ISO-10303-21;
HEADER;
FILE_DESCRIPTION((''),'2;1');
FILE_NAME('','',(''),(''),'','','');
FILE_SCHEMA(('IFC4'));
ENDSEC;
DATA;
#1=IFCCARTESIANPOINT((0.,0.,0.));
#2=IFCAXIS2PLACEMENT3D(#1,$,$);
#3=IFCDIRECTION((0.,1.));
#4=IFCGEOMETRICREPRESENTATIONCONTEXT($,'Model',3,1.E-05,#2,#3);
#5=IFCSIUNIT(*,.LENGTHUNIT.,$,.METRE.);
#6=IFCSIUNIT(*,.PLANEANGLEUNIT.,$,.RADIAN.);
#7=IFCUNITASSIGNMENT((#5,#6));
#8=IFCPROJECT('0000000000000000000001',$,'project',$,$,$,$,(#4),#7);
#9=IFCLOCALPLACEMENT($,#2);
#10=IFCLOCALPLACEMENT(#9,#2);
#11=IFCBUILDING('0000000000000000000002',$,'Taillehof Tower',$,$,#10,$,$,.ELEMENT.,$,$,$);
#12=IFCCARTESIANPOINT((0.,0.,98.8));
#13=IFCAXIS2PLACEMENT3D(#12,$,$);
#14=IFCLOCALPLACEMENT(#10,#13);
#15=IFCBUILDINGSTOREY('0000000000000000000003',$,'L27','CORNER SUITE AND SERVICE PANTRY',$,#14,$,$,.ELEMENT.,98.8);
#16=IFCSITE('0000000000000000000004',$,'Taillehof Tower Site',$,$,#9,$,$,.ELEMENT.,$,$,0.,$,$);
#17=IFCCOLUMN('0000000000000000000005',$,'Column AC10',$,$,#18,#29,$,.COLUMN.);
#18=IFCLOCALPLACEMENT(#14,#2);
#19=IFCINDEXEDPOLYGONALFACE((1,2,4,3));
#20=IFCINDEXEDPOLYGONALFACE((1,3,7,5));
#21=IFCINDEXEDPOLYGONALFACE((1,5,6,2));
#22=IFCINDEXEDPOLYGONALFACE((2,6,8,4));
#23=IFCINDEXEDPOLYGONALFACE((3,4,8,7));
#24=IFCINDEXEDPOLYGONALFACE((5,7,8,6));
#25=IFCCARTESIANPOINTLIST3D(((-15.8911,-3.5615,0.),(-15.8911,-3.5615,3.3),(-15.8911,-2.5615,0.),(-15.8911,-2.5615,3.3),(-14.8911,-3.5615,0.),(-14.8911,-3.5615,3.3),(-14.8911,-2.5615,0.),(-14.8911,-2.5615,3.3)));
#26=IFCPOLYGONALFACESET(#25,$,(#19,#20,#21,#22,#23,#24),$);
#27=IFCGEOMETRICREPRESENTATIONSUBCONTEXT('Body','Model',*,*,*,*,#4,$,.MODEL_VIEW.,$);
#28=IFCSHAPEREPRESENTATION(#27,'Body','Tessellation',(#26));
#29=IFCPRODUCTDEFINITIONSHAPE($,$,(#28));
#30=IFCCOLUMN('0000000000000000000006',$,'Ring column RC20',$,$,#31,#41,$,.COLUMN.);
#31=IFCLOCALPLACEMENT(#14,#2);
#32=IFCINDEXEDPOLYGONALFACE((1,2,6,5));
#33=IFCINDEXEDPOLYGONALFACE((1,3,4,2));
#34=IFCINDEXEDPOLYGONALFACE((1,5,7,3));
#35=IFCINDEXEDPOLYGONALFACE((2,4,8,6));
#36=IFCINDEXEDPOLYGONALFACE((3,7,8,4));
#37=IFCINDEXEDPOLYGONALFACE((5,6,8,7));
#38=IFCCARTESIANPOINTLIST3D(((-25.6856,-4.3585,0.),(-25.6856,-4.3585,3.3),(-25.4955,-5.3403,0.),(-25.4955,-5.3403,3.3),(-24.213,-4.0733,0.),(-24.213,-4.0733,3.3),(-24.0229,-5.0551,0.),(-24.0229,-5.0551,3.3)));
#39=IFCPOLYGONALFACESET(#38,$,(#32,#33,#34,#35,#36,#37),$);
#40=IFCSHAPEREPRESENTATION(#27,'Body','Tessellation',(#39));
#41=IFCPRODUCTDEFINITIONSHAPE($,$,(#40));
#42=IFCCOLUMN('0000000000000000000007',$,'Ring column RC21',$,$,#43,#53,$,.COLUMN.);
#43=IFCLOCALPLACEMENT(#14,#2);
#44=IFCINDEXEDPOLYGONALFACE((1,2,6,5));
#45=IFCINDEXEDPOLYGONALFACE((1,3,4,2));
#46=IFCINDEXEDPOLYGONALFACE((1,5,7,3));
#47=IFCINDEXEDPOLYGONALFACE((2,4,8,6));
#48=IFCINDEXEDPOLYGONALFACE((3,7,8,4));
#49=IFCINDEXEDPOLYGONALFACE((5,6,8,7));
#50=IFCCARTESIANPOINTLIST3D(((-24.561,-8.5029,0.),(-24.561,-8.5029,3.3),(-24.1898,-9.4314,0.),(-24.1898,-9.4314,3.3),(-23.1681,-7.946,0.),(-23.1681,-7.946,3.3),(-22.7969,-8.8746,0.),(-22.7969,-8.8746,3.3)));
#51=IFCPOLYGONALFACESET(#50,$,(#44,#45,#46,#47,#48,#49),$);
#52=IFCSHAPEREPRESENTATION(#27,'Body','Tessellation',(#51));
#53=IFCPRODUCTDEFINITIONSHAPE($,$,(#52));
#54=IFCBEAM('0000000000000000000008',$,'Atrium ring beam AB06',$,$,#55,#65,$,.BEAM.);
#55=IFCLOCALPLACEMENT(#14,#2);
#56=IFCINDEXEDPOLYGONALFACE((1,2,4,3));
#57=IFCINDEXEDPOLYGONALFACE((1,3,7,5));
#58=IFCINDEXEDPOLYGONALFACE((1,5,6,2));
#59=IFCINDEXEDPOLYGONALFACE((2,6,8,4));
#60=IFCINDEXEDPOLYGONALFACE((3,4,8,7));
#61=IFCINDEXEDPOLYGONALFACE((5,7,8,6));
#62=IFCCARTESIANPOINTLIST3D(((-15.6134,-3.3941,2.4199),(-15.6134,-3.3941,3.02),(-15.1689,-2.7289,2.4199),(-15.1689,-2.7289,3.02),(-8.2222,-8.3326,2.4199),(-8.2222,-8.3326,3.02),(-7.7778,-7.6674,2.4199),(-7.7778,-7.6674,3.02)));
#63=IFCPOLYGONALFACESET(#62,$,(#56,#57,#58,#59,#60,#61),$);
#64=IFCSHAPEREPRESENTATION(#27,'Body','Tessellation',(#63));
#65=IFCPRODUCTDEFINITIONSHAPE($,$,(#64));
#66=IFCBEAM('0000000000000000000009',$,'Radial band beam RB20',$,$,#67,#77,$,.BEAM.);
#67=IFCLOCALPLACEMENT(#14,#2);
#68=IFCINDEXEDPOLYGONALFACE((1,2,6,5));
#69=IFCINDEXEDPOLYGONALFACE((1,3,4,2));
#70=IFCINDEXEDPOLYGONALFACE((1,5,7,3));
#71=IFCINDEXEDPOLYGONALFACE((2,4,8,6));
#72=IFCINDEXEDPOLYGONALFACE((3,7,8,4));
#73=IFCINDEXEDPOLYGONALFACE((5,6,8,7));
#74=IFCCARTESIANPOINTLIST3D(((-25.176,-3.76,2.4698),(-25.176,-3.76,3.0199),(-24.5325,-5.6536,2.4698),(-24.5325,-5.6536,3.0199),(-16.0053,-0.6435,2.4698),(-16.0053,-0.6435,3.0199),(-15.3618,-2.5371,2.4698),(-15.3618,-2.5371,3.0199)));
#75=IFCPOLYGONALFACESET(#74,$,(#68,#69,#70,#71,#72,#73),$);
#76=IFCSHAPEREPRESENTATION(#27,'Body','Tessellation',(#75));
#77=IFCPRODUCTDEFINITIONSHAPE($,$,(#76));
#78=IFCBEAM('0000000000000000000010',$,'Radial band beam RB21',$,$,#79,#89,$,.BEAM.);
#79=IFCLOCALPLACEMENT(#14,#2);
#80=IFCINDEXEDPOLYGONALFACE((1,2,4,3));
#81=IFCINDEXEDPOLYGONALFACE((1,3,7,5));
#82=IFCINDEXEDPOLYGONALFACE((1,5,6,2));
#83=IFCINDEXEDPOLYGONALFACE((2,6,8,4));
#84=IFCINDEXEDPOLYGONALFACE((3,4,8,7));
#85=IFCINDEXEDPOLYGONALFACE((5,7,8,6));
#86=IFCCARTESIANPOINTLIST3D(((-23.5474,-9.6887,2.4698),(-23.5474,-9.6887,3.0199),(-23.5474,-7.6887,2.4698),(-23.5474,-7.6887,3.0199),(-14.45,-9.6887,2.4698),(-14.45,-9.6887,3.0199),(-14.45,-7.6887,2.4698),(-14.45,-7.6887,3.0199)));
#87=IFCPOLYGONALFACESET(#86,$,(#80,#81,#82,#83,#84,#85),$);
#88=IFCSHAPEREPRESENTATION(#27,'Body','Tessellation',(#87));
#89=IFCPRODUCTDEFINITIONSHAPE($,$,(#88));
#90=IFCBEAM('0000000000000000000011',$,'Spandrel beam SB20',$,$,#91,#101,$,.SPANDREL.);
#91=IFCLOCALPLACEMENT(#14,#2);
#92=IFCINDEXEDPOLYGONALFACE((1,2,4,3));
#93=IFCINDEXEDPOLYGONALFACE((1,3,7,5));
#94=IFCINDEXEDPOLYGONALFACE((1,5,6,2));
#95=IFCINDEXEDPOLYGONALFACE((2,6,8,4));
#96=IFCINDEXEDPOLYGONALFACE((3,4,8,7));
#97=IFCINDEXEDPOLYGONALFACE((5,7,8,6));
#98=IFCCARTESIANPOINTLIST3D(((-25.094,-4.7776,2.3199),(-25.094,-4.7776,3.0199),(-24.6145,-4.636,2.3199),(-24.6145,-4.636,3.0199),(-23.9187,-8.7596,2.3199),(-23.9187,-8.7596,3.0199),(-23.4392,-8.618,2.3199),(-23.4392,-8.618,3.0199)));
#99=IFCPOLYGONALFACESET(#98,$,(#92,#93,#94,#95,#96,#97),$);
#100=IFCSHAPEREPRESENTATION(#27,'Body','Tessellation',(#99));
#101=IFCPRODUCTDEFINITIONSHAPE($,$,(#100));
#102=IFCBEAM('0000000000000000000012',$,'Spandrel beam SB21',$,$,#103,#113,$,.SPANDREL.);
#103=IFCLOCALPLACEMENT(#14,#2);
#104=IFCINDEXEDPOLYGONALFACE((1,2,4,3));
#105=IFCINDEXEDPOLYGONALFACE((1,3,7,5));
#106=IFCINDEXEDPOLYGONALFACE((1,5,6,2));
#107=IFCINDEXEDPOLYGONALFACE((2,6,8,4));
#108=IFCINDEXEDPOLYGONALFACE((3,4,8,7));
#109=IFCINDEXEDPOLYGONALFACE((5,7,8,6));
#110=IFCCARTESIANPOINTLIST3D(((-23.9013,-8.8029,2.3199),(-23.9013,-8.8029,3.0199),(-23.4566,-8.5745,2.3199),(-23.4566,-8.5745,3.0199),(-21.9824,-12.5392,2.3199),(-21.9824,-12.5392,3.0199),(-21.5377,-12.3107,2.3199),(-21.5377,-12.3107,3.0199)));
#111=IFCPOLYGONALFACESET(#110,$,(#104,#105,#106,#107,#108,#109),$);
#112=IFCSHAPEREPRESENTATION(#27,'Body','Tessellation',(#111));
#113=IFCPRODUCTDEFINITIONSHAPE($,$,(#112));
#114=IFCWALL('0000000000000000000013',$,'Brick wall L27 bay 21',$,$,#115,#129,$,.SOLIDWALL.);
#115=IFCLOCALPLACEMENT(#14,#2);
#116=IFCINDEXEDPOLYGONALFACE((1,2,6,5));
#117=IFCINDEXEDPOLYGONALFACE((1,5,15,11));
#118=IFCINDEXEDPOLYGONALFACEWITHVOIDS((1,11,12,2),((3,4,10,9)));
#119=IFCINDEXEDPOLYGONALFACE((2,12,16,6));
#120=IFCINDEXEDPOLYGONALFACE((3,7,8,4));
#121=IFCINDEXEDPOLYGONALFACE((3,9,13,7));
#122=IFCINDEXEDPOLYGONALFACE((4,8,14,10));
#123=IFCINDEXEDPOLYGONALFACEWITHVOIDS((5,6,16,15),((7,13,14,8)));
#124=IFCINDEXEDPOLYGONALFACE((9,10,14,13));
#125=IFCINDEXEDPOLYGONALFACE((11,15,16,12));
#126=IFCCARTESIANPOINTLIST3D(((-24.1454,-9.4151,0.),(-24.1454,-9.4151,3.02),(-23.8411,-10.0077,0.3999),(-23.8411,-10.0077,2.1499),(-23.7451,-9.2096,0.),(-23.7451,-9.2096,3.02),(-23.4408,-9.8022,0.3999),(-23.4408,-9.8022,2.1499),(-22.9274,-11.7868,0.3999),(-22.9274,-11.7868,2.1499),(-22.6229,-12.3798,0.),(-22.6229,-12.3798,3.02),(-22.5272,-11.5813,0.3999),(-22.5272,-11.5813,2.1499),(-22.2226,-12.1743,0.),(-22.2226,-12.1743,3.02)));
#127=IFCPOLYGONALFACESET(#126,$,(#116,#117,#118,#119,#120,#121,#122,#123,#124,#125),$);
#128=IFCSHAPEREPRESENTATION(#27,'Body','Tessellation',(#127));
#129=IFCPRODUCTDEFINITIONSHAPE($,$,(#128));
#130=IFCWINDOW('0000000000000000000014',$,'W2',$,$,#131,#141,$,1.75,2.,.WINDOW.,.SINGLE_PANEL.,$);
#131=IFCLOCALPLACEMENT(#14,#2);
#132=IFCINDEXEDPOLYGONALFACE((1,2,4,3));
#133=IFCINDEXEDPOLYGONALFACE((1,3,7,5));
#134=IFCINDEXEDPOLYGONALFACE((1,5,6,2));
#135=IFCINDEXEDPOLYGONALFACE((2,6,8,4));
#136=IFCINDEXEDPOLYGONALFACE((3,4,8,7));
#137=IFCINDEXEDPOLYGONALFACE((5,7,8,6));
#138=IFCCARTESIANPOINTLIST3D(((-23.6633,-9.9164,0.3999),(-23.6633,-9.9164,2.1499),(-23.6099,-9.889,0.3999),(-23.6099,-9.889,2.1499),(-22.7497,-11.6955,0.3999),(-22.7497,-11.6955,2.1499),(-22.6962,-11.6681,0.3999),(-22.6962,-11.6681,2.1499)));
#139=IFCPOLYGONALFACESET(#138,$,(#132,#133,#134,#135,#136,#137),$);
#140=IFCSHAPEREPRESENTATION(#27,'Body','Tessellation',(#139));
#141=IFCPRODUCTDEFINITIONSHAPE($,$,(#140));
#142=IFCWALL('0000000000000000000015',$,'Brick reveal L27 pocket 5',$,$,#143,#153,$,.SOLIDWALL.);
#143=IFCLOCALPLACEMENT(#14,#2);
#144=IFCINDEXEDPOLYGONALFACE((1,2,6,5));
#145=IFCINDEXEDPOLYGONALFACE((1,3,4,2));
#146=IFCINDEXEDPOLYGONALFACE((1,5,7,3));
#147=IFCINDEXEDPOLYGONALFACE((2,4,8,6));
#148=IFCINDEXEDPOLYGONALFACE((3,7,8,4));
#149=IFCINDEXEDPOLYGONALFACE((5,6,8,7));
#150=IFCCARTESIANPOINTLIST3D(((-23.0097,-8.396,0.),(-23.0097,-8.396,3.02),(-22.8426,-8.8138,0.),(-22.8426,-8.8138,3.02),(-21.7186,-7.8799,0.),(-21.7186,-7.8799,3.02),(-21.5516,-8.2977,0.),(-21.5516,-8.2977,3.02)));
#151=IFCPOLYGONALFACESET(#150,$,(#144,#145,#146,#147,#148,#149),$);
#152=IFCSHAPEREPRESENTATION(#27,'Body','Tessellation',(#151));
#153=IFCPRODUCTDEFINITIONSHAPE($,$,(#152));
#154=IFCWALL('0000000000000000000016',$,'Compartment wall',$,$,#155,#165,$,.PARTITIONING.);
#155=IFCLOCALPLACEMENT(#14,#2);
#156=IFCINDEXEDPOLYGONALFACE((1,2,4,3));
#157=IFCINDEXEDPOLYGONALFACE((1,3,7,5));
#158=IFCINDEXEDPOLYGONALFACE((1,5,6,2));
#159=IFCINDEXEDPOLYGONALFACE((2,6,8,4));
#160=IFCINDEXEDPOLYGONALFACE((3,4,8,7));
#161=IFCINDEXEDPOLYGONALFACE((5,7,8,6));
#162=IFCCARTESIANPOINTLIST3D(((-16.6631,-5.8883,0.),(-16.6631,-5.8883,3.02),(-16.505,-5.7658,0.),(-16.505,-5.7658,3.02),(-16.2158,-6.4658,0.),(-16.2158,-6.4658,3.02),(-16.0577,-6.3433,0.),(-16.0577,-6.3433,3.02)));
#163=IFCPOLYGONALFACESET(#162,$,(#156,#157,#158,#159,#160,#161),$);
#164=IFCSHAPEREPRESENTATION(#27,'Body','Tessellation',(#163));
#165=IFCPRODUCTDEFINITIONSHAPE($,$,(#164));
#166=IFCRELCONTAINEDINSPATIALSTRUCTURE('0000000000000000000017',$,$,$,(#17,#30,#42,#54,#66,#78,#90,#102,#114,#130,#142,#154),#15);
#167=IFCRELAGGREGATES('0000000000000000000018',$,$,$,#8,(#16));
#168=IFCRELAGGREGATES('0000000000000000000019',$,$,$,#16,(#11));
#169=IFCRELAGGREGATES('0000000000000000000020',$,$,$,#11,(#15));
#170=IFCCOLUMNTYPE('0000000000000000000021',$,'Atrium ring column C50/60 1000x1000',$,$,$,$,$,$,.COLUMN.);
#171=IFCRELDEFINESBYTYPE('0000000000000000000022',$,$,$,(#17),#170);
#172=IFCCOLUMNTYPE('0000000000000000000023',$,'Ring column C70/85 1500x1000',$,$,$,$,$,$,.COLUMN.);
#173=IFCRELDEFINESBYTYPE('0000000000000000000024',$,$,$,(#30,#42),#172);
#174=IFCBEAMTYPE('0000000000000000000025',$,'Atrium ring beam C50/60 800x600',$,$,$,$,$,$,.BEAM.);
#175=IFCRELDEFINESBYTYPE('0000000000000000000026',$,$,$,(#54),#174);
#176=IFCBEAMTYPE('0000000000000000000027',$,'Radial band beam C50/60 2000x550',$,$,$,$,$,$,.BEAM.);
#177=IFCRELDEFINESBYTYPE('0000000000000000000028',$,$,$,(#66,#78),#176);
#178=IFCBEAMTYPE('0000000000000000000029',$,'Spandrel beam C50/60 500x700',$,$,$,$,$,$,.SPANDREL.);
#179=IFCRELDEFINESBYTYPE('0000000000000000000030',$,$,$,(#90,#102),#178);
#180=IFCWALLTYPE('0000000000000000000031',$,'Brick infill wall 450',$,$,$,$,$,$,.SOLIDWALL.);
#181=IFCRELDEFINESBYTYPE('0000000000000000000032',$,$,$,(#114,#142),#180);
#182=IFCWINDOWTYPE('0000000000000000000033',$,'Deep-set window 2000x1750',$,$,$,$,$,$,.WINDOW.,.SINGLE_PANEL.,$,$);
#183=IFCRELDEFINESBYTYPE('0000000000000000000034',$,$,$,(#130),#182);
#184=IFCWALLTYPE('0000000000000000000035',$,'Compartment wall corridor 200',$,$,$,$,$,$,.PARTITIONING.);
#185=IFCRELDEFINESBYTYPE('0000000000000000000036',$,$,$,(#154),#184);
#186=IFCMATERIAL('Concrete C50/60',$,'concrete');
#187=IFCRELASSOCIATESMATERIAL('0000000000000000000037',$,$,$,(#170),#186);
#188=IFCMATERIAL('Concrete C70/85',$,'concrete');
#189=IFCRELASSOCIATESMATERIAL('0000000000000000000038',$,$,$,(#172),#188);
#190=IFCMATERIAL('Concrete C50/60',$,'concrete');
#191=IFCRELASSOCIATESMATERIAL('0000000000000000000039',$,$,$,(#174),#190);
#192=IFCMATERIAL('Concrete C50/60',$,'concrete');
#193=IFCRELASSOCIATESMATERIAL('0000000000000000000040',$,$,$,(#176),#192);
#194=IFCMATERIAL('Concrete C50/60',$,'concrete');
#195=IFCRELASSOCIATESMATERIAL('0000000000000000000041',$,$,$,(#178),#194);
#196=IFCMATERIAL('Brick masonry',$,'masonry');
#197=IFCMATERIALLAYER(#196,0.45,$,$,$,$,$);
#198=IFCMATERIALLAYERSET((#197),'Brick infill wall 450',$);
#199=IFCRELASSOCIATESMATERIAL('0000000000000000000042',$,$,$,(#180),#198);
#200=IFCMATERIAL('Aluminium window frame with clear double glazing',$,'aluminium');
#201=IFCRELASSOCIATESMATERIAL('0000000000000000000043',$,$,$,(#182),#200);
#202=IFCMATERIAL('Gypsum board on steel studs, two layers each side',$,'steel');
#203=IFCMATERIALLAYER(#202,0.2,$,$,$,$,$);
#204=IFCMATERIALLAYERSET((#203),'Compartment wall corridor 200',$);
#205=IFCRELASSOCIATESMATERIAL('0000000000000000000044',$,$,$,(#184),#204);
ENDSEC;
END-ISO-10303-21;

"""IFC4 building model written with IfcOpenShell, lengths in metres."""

from ifc_helpers import new_model, si_unit, direction, frame, frame_2d, origin, origin_2d, place, context, subcontext, project, spatial, rectangle, extrude, material, layer, layer_set, material_profile, profile_set, type_object, element, fill, save


model = new_model("IFC4")

# Units and contexts
model_context = context("Model", 3, precision=1e-05, world=origin(), true_north=direction((0.0, 1.0)))
body_context = subcontext(model_context, "Body", "Model", "MODEL_VIEW")
ifc_project = project(units=[si_unit("LENGTHUNIT", "METRE"), si_unit("PLANEANGLEUNIT", "RADIAN")], contexts=[model_context])

# Site, building, storey
site_placement = place(None, origin())
site = spatial("IfcSite", under=ifc_project, at=site_placement, Name="Taillehof Tower Site", CompositionType="ELEMENT", RefElevation=0.0)
building_placement = place(site_placement, origin())
building = spatial("IfcBuilding", under=site, at=building_placement, Name="Taillehof Tower", CompositionType="ELEMENT")
storey_placement = place(building_placement, frame((0.0, 0.0, 98.8)))
storey = spatial("IfcBuildingStorey", under=building, at=storey_placement, Name="L27", Description="CORNER SUITE AND SERVICE PANTRY", CompositionType="ELEMENT", Elevation=98.8)

# Columns
ifc_material_1 = material(Name="Concrete C50/60", Category="concrete")
ifc_material_profile_1 = material_profile(ifc_material_1, rectangle(XDim=1.0, YDim=1.0, at=origin_2d()), Name="RC 1000x1000")
ifc_profile_set_1 = profile_set([ifc_material_profile_1], Name="Concrete C50/60")
column_type_1 = type_object("IfcColumnType", Name="Atrium ring column C50/60 1000x1000", PredefinedType="COLUMN", material=ifc_profile_set_1)
column_placement = place(storey_placement, frame((-15.3911, -3.0615, 0.0), z_axis=(0.0, 0.0, 1.0), x_axis=(1.0, 0.0, 0.0)))
element("IfcColumn", 1, at=column_placement, inside=storey, type_object=column_type_1, Name="Column AC10", PredefinedType="COLUMN", context=body_context, shape_type="SweptSolid", body=[
    extrude(rectangle(XDim=1.0, YDim=1.0, at=origin_2d()), origin(), (0.0, 0.0, 1.0), 3.3),
])
ifc_material_2 = material(Name="Concrete C70/85", Category="concrete")
ifc_material_profile_2 = material_profile(ifc_material_2, rectangle(XDim=1.5, YDim=1.0, at=origin_2d()), Name="RC 1500x1000")
ifc_profile_set_2 = profile_set([ifc_material_profile_2], Name="Concrete C70/85")
column_type_2 = type_object("IfcColumnType", Name="Ring column C70/85 1500x1000", PredefinedType="COLUMN", material=ifc_profile_set_2)
for number, where, z_axis, x_axis, name in (
    (2, (-24.8542, -4.7068, 0.0), (0.0, 0.0, 1.0), (-0.981757, -0.190138, 0.0), "Ring column RC20"),
    (3, (-23.679, -8.6887, 0.0), (0.0, 0.0, 1.0), (-0.92855, -0.371207, 0.0), "Ring column RC21"),
):
    element("IfcColumn", number, at=place(storey_placement, frame(where, z_axis=z_axis, x_axis=x_axis)), inside=storey, type_object=column_type_2, Name=name, PredefinedType="COLUMN", context=body_context, shape_type="SweptSolid", body=[
        extrude(rectangle(XDim=1.5, YDim=1.0, at=origin_2d()), origin(), (0.0, 0.0, 1.0), 3.3),
    ])

# Beams
ifc_material_3 = material(Name="Concrete C50/60", Category="concrete")
ifc_material_profile_3 = material_profile(ifc_material_3, rectangle(XDim=0.8, YDim=0.6001, at=origin_2d()), Name="RC 800x600")
ifc_profile_set_3 = profile_set([ifc_material_profile_3], Name="Concrete C50/60")
beam_type_1 = type_object("IfcBeamType", Name="Atrium ring beam C50/60 800x600", PredefinedType="BEAM", material=ifc_profile_set_3)
beam_1_placement = place(storey_placement, frame((-15.3911, -3.0615, 2.72), z_axis=(0.831475, -0.555562, 0.0), x_axis=(0.555562, 0.831475, 0.0)))
element("IfcBeam", 4, at=beam_1_placement, inside=storey, type_object=beam_type_1, Name="Atrium ring beam AB06", PredefinedType="BEAM", context=body_context, shape_type="SweptSolid", body=[
    extrude(rectangle(XDim=0.8, YDim=0.6001, at=origin_2d()), origin(), (0.0, 0.0, 1.0), 8.8892),
])
ifc_material_4 = material(Name="Concrete C50/60", Category="concrete")
ifc_material_profile_4 = material_profile(ifc_material_4, rectangle(XDim=2.0, YDim=0.55, at=origin_2d()), Name="RC 2000x550")
ifc_profile_set_4 = profile_set([ifc_material_profile_4], Name="Concrete C50/60")
beam_type_2 = type_object("IfcBeamType", Name="Radial band beam C50/60 2000x550", PredefinedType="BEAM", material=ifc_profile_set_4)
beam_2_placement = place(storey_placement, frame((-24.8542, -4.7068, 2.7449), z_axis=(0.946822, 0.321758, 0.0), x_axis=(-0.321758, 0.946822, 0.0)))
element("IfcBeam", 5, at=beam_2_placement, inside=storey, type_object=beam_type_2, Name="Radial band beam RB20", PredefinedType="BEAM", context=body_context, shape_type="SweptSolid", body=[
    extrude(rectangle(XDim=2.0, YDim=0.55, at=origin_2d()), origin(), (0.0, 0.0, 1.0), 9.6858),
])
beam_3_placement = place(storey_placement, frame((-23.5474, -8.6887, 2.7449), z_axis=(1.0, 0.0, 0.0), x_axis=(0.0, 1.0, 0.0)))
element("IfcBeam", 6, at=beam_3_placement, inside=storey, type_object=beam_type_2, Name="Radial band beam RB21", PredefinedType="BEAM", context=body_context, shape_type="SweptSolid", body=[
    extrude(rectangle(XDim=2.0, YDim=0.55, at=origin_2d()), origin(), (0.0, 0.0, 1.0), 9.0974),
])
ifc_material_5 = material(Name="Concrete C50/60", Category="concrete")
ifc_material_profile_5 = material_profile(ifc_material_5, rectangle(XDim=0.5, YDim=0.7, at=origin_2d()), Name="RC 500x700")
ifc_profile_set_5 = profile_set([ifc_material_profile_5], Name="Concrete C50/60")
beam_type_3 = type_object("IfcBeamType", Name="Spandrel beam C50/60 500x700", PredefinedType="SPANDREL", material=ifc_profile_set_5)
beam_4_placement = place(storey_placement, frame((-24.8542, -4.7068, 2.6699), z_axis=(0.283083, -0.959095, 0.0), x_axis=(0.959095, 0.283083, 0.0)))
element("IfcBeam", 7, at=beam_4_placement, inside=storey, type_object=beam_type_3, Name="Spandrel beam SB20", PredefinedType="SPANDREL", context=body_context, shape_type="SweptSolid", body=[
    extrude(rectangle(XDim=0.5, YDim=0.7, at=origin_2d()), origin(), (0.0, 0.0, 1.0), 4.1519),
])
beam_5_placement = place(storey_placement, frame((-23.679, -8.6887, 2.6699), z_axis=(0.456859, -0.889539, 0.0), x_axis=(0.889539, 0.456859, 0.0)))
element("IfcBeam", 8, at=beam_5_placement, inside=storey, type_object=beam_type_3, Name="Spandrel beam SB21", PredefinedType="SPANDREL", context=body_context, shape_type="SweptSolid", body=[
    extrude(rectangle(XDim=0.5, YDim=0.7, at=origin_2d()), origin(), (0.0, 0.0, 1.0), 4.2002),
])

# Wall, opening, window
ifc_material_6 = material(Name="Brick masonry", Category="masonry")
ifc_layer_1 = layer(ifc_material_6, 0.45)
ifc_layer_set_1 = layer_set([ifc_layer_1], Name="Brick infill wall 450")
wall_type_1 = type_object("IfcWallType", Name="Brick infill wall 450", PredefinedType="SOLIDWALL", material=ifc_layer_set_1)
wall_1_placement = place(storey_placement, frame((-23.9453, -9.3123, 0.0), z_axis=(0.0, 0.0, 1.0), x_axis=(0.456828, -0.889555, 0.0)))
wall_1 = element("IfcWall", 9, at=wall_1_placement, inside=storey, type_object=wall_type_1, Name="Brick wall L27 bay 21", PredefinedType="SOLIDWALL", context=body_context, shape_type="SweptSolid", body=[
    extrude(rectangle(XDim=3.3328, YDim=0.45, at=frame_2d((1.6665, 0.0))), origin(), (0.0, 0.0, 1.0), 3.02),
])
opening_1_placement = place(wall_1_placement, frame((0.6663, 0.0, 0.3999)))
opening_1 = element("IfcOpeningElement", 10, at=opening_1_placement, cuts=wall_1, PredefinedType="OPENING", context=body_context, shape_type="SweptSolid", body=[
    extrude(rectangle(XDim=2.0, YDim=1.75, at=frame_2d((1.0, 0.875))), frame((0.0, 0.2349, 0.0), z_axis=(0.0, -1.0, 0.0), x_axis=(1.0, 0.0, 0.0)), (0.0, 0.0, 1.0), 0.47),
])
ifc_material_7 = material(Name="Aluminium window frame with clear double glazing", Category="aluminium")
window_type_1 = type_object("IfcWindowType", Name="Deep-set window 2000x1750", PartitioningType="SINGLE_PANEL", PredefinedType="WINDOW", material=ifc_material_7)
window_1_placement = place(opening_1_placement, origin())
window_1 = element("IfcWindow", 11, at=window_1_placement, inside=storey, type_object=window_type_1, Name="W2", OverallHeight=1.75, OverallWidth=2.0, PartitioningType="SINGLE_PANEL", PredefinedType="WINDOW", context=body_context, shape_type="SweptSolid", body=[
    extrude(rectangle(XDim=2.0, YDim=1.75, at=frame_2d((1.0, 0.875))), frame((0.0, 0.0349, 0.0), z_axis=(0.0, -1.0, 0.0), x_axis=(1.0, 0.0, 0.0)), (0.0, 0.0, 1.0), 0.0601),
])
fill(opening_1, window_1)

# Wall
wall_2_placement = place(storey_placement, frame((-22.9263, -8.605, 0.0), z_axis=(0.0, 0.0, 1.0), x_axis=(0.928549, 0.371209, 0.0)))
element("IfcWall", 12, at=wall_2_placement, inside=storey, type_object=wall_type_1, Name="Brick reveal L27 pocket 5", PredefinedType="SOLIDWALL", context=body_context, shape_type="SweptSolid", body=[
    extrude(rectangle(XDim=1.3904, YDim=0.45, at=frame_2d((0.6953, 0.0))), origin(), (0.0, 0.0, 1.0), 3.02),
])

# Wall
ifc_material_8 = material(Name="Gypsum board on steel studs, two layers each side", Category="steel")
ifc_layer_2 = layer(ifc_material_8, 0.2)
ifc_layer_set_2 = layer_set([ifc_layer_2], Name="Compartment wall corridor 200")
wall_type_2 = type_object("IfcWallType", Name="Compartment wall corridor 200", PredefinedType="PARTITIONING", material=ifc_layer_set_2)
wall_3_placement = place(storey_placement, frame((-16.1367, -6.4045, 0.0), z_axis=(0.0, 0.0, 1.0), x_axis=(-0.612389, 0.790557, 0.0)))
element("IfcWall", 13, at=wall_3_placement, inside=storey, type_object=wall_type_2, Name="Compartment wall", PredefinedType="PARTITIONING", context=body_context, shape_type="SweptSolid", body=[
    extrude(rectangle(XDim=0.7305, YDim=0.2, at=frame_2d((0.3652, 0.0))), origin(), (0.0, 0.0, 1.0), 3.02),
])

save(model, "model.ifc")
